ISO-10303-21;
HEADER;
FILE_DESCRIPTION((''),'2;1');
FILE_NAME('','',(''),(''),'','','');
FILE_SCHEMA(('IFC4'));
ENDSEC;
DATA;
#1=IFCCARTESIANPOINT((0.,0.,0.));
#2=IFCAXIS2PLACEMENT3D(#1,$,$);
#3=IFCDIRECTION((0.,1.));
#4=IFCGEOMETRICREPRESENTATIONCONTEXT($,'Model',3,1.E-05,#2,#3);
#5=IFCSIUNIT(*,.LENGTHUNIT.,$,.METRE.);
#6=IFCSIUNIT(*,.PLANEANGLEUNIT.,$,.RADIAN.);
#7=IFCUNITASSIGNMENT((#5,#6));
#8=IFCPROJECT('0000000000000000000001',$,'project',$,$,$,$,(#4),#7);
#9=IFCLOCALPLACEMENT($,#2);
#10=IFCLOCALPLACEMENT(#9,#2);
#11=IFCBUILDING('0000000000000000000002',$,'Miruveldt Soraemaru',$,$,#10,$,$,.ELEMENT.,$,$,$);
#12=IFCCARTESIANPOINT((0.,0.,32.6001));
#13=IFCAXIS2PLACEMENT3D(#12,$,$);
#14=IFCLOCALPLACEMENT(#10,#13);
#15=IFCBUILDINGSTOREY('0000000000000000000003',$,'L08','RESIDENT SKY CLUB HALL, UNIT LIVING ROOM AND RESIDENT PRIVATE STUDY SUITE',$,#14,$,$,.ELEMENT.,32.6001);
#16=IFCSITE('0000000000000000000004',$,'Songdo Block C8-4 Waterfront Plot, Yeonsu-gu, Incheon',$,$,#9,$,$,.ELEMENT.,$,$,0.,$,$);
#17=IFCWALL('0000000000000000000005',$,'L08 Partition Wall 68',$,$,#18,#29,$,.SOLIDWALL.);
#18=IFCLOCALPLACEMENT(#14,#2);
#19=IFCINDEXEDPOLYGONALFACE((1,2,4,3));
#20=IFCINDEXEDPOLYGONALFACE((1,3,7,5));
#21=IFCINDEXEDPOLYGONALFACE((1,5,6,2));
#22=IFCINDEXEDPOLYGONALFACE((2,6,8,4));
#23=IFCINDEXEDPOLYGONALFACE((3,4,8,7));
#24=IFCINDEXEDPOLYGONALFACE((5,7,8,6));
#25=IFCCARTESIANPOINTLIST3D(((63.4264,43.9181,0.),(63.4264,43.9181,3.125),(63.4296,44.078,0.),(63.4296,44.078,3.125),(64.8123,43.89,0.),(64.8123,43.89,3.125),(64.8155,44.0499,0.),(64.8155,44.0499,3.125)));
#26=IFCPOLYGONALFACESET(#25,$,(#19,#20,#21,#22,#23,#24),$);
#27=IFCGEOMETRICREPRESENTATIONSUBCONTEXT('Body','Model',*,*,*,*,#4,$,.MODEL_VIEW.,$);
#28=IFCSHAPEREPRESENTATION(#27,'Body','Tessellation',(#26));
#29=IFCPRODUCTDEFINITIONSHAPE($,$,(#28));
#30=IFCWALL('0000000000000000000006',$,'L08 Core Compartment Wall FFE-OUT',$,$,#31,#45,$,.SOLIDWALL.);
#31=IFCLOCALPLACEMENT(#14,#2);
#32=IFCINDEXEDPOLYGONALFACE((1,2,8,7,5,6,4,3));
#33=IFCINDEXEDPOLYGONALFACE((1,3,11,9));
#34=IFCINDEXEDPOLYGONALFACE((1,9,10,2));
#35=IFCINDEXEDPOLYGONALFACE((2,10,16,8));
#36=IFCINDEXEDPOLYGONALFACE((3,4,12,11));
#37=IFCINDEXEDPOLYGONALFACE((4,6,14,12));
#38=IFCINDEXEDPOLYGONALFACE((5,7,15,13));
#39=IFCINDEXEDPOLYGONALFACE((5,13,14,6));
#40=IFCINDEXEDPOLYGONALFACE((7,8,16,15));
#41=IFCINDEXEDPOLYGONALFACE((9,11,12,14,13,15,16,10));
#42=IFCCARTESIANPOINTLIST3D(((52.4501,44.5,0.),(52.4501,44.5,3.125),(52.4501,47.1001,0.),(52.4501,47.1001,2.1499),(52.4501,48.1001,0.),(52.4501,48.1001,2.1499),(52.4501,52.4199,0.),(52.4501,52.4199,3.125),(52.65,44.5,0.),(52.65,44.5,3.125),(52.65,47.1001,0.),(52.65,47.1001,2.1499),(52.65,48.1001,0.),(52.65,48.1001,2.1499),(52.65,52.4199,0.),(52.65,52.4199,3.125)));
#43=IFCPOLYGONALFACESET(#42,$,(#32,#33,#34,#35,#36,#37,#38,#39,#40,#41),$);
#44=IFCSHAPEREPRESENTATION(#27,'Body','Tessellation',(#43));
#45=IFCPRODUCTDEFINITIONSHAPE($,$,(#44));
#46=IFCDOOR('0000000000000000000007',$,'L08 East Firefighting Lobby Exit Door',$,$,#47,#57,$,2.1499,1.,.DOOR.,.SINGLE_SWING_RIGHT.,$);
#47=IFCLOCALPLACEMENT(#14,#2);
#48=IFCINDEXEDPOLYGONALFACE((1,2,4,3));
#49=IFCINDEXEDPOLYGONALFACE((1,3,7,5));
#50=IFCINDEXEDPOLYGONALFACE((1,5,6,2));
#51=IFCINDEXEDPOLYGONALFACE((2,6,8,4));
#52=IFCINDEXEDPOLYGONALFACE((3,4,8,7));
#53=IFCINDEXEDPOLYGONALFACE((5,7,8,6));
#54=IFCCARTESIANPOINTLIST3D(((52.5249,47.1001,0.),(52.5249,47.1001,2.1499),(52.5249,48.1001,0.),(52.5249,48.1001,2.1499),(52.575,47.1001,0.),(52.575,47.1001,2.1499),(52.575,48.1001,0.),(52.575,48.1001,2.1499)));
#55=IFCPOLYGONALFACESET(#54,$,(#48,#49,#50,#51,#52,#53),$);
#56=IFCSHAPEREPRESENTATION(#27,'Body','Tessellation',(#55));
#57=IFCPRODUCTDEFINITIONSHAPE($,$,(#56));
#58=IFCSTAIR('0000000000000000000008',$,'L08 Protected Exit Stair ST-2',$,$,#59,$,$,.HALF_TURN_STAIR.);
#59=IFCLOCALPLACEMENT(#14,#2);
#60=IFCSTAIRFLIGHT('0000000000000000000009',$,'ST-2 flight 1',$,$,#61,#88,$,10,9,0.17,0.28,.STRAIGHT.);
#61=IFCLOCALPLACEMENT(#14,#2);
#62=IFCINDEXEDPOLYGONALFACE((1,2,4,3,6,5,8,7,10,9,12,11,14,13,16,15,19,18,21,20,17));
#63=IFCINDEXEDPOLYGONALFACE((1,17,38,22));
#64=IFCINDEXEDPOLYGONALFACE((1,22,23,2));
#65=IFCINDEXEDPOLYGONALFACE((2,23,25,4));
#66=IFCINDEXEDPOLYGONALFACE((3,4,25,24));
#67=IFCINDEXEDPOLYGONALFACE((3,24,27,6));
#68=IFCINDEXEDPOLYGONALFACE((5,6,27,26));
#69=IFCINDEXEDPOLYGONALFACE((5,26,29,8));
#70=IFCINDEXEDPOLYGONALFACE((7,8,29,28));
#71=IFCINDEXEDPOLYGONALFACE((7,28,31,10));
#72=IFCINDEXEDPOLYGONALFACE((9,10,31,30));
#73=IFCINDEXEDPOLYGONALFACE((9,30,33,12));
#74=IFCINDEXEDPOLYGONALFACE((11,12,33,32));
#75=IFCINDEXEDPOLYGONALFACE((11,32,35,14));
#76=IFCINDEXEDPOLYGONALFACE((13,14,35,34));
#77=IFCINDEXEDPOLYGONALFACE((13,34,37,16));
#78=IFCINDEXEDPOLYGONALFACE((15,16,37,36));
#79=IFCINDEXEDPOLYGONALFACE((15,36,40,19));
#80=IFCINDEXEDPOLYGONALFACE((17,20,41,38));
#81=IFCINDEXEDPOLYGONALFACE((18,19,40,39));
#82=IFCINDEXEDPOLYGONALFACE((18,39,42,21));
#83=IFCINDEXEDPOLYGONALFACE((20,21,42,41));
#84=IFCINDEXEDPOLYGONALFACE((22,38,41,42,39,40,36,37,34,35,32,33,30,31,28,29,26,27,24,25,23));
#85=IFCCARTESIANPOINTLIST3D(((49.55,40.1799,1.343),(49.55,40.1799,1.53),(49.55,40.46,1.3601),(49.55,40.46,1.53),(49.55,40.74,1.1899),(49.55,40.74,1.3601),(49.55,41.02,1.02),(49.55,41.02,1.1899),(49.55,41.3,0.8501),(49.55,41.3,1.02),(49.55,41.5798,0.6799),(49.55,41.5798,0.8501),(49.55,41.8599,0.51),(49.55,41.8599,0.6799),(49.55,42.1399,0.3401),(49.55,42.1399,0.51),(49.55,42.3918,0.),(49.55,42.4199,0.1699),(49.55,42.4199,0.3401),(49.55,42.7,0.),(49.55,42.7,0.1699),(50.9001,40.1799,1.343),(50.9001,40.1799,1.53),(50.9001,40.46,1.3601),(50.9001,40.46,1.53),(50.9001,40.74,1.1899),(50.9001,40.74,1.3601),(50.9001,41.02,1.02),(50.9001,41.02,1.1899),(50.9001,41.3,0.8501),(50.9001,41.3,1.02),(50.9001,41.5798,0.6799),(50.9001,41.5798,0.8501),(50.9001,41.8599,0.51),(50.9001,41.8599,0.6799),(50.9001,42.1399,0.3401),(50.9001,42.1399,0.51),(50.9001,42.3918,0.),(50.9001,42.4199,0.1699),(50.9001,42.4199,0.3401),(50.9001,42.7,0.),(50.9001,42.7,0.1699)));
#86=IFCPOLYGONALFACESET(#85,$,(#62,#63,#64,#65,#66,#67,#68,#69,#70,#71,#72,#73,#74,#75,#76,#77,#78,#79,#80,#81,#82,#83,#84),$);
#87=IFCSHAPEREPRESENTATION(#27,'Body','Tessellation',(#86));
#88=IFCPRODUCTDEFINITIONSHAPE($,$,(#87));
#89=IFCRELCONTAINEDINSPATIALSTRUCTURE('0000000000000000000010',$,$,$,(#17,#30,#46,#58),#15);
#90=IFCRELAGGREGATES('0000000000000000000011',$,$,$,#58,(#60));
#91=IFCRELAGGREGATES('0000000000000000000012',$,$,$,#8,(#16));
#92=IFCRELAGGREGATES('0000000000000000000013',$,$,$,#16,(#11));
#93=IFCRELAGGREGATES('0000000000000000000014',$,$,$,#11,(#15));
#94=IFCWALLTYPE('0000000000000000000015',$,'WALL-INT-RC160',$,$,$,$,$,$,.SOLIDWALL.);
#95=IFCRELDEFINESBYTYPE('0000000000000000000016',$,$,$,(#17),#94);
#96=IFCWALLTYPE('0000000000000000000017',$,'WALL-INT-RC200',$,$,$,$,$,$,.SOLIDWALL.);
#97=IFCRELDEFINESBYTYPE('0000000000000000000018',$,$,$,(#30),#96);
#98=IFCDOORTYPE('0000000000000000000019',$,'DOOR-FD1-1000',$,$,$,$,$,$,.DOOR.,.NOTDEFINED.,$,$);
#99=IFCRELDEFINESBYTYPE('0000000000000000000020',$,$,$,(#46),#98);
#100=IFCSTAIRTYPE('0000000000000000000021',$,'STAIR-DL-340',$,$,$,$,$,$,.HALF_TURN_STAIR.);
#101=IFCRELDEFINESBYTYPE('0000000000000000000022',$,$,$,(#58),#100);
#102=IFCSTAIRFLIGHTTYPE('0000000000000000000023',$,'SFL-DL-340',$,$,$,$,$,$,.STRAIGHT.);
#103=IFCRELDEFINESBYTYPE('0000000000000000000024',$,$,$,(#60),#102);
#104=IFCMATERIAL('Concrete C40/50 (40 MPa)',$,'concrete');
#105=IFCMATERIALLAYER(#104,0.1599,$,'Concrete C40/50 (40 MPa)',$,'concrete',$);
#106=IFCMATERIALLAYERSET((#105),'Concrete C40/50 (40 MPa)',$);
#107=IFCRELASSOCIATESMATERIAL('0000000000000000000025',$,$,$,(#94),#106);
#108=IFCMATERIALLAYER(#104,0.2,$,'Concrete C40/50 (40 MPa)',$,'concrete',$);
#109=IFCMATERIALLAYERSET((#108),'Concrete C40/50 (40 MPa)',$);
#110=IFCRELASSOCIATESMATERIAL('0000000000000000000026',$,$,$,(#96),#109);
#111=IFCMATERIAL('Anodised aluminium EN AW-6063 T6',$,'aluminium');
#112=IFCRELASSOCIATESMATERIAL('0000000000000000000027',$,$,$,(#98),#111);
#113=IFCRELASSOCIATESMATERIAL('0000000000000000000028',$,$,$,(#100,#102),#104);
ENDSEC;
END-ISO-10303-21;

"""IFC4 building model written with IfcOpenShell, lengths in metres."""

from ifc_helpers import new_model, si_unit, direction, frame, frame_2d, origin, place, context, subcontext, project, spatial, polyline, rectangle, outline, extrude, material, layer, layer_set, type_object, element, fill, aggregate, save


model = new_model("IFC4")

# Units and contexts
model_context = context("Model", 3, precision=1e-05, world=origin(), true_north=direction((0.0, 1.0)))
body_context = subcontext(model_context, "Body", "Model", "MODEL_VIEW")
ifc_project = project(units=[si_unit("LENGTHUNIT", "METRE"), si_unit("PLANEANGLEUNIT", "RADIAN")], contexts=[model_context])

# Site, building, storey
site_placement = place(None, origin())
site = spatial("IfcSite", under=ifc_project, at=site_placement, Name="Songdo Block C8-4 Waterfront Plot, Yeonsu-gu, Incheon", CompositionType="ELEMENT", RefElevation=0.0)
building_placement = place(site_placement, origin())
building = spatial("IfcBuilding", under=site, at=building_placement, Name="Miruveldt Soraemaru", CompositionType="ELEMENT")
storey_placement = place(building_placement, frame((0.0, 0.0, 32.6001)))
storey = spatial("IfcBuildingStorey", under=building, at=storey_placement, Name="L08", Description="RESIDENT SKY CLUB HALL, UNIT LIVING ROOM AND RESIDENT PRIVATE STUDY SUITE", CompositionType="ELEMENT", Elevation=32.6001)

# Shared definitions
ifc_material_1 = material(Name="Anodised aluminium EN AW-6063 T6", Category="aluminium")

# Shared definitions
ifc_material_2 = material(Name="Concrete C40/50 (40 MPa)", Category="concrete")
ifc_layer_1 = layer(ifc_material_2, 0.1599, Name="Concrete C40/50 (40 MPa)", Category="concrete")
ifc_layer_set_1 = layer_set([ifc_layer_1], Name="Concrete C40/50 (40 MPa)")
wall_type_1 = type_object("IfcWallType", Name="WALL-INT-RC160", PredefinedType="SOLIDWALL", material=ifc_layer_set_1)

# Wall
wall_1_placement = place(storey_placement, frame((63.428, 43.998, 0.0), z_axis=(0.0, 0.0, 1.0), x_axis=(0.999795, -0.020253, 0.0)))
element("IfcWall", 1, at=wall_1_placement, inside=storey, type_object=wall_type_1, Name="L08 Partition Wall 68", PredefinedType="SOLIDWALL", context=body_context, shape_type="SweptSolid", body=[
    extrude(rectangle(XDim=1.3862, YDim=0.1599, at=frame_2d((0.6931, 0.0))), origin(), (0.0, 0.0, 1.0), 3.125),
])

# Wall, opening, door
ifc_layer_2 = layer(ifc_material_2, 0.2, Name="Concrete C40/50 (40 MPa)", Category="concrete")
ifc_layer_set_2 = layer_set([ifc_layer_2], Name="Concrete C40/50 (40 MPa)")
wall_type_2 = type_object("IfcWallType", Name="WALL-INT-RC200", PredefinedType="SOLIDWALL", material=ifc_layer_set_2)
wall_2_placement = place(storey_placement, frame((52.55, 44.5, 0.0), z_axis=(0.0, 0.0, 1.0), x_axis=(0.0, 1.0, 0.0)))
wall_2 = element("IfcWall", 2, at=wall_2_placement, inside=storey, type_object=wall_type_2, Name="L08 Core Compartment Wall FFE-OUT", PredefinedType="SOLIDWALL", context=body_context, shape_type="SweptSolid", body=[
    extrude(rectangle(XDim=7.9199, YDim=0.2, at=frame_2d((3.96, 0.0))), origin(), (0.0, 0.0, 1.0), 3.125),
])
opening_1_placement = place(wall_2_placement, frame((2.6001, 0.0, 0.0)))
opening_1 = element("IfcOpeningElement", 3, at=opening_1_placement, cuts=wall_2, PredefinedType="OPENING", context=body_context, shape_type="SweptSolid", body=[
    extrude(rectangle(XDim=1.0, YDim=2.1499, at=frame_2d((0.5, 1.075))), frame((0.0, 0.1099, 0.0), z_axis=(0.0, -1.0, 0.0), x_axis=(1.0, 0.0, 0.0)), (0.0, 0.0, 1.0), 0.22),
])
door_type_1 = type_object("IfcDoorType", Name="DOOR-FD1-1000", OperationType="NOTDEFINED", PredefinedType="DOOR", material=ifc_material_1)
door_1_placement = place(opening_1_placement, frame((1.0, 0.0, 0.0), z_axis=(0.0, 0.0, 1.0), x_axis=(-1.0, 0.0, 0.0)))
door_1 = element("IfcDoor", 4, at=door_1_placement, inside=storey, type_object=door_type_1, Name="L08 East Firefighting Lobby Exit Door", OperationType="SINGLE_SWING_RIGHT", OverallHeight=2.1499, OverallWidth=1.0, PredefinedType="DOOR", context=body_context, shape_type="SweptSolid", body=[
    extrude(rectangle(XDim=1.0, YDim=2.1499, at=frame_2d((0.5, 1.075))), frame((0.0, 0.0249, 0.0), z_axis=(0.0, -1.0, 0.0), x_axis=(1.0, 0.0, 0.0)), (0.0, 0.0, 1.0), 0.05),
])
fill(opening_1, door_1)

# Stair, stair flight
stair_type = type_object("IfcStairType", Name="STAIR-DL-340", PredefinedType="HALF_TURN_STAIR", material=ifc_material_2)
stair_placement = place(storey_placement, origin())
stair = element("IfcStair", 5, at=stair_placement, inside=storey, type_object=stair_type, Name="L08 Protected Exit Stair ST-2", PredefinedType="HALF_TURN_STAIR")
stair_flight_type = type_object("IfcStairFlightType", Name="SFL-DL-340", PredefinedType="STRAIGHT", material=ifc_material_2)
stair_flight_placement = place(storey_placement, frame((50.2251, 42.7, 0.0), z_axis=(0.0, 0.0, 1.0), x_axis=(0.0, -1.0, 0.0)))
stair_flight = element("IfcStairFlight", 6, at=stair_flight_placement, type_object=stair_flight_type, Name="ST-2 flight 1", NumberOfRisers=10, NumberOfTreads=9, PredefinedType="STRAIGHT", RiserHeight=0.17, TreadLength=0.28, context=body_context, shape_type="SweptSolid", body=[
    extrude(outline(polyline([(0.0, 0.0), (0.0, 0.1699), (0.28, 0.1699), (0.28, 0.3401), (0.5601, 0.3401), (0.5601, 0.51), (0.8401, 0.51), (0.8401, 0.6799), (1.1201, 0.6799), (1.1201, 0.8501), (1.3999, 0.8501), (1.3999, 1.02), (1.6799, 1.02), (1.6799, 1.1899), (1.96, 1.1899), (1.96, 1.3601), (2.24, 1.3601), (2.24, 1.53), (2.52, 1.53), (2.52, 1.7), (2.52, 1.343), (0.3081, 0.0), (0.0, 0.0)])), frame((0.0, 0.675, 0.0), z_axis=(0.0, -1.0, 0.0), x_axis=(1.0, 0.0, 0.0)), (0.0, 0.0, 1.0), 1.3501),
])
aggregate(stair, [stair_flight])

save(model, "model.ifc")
